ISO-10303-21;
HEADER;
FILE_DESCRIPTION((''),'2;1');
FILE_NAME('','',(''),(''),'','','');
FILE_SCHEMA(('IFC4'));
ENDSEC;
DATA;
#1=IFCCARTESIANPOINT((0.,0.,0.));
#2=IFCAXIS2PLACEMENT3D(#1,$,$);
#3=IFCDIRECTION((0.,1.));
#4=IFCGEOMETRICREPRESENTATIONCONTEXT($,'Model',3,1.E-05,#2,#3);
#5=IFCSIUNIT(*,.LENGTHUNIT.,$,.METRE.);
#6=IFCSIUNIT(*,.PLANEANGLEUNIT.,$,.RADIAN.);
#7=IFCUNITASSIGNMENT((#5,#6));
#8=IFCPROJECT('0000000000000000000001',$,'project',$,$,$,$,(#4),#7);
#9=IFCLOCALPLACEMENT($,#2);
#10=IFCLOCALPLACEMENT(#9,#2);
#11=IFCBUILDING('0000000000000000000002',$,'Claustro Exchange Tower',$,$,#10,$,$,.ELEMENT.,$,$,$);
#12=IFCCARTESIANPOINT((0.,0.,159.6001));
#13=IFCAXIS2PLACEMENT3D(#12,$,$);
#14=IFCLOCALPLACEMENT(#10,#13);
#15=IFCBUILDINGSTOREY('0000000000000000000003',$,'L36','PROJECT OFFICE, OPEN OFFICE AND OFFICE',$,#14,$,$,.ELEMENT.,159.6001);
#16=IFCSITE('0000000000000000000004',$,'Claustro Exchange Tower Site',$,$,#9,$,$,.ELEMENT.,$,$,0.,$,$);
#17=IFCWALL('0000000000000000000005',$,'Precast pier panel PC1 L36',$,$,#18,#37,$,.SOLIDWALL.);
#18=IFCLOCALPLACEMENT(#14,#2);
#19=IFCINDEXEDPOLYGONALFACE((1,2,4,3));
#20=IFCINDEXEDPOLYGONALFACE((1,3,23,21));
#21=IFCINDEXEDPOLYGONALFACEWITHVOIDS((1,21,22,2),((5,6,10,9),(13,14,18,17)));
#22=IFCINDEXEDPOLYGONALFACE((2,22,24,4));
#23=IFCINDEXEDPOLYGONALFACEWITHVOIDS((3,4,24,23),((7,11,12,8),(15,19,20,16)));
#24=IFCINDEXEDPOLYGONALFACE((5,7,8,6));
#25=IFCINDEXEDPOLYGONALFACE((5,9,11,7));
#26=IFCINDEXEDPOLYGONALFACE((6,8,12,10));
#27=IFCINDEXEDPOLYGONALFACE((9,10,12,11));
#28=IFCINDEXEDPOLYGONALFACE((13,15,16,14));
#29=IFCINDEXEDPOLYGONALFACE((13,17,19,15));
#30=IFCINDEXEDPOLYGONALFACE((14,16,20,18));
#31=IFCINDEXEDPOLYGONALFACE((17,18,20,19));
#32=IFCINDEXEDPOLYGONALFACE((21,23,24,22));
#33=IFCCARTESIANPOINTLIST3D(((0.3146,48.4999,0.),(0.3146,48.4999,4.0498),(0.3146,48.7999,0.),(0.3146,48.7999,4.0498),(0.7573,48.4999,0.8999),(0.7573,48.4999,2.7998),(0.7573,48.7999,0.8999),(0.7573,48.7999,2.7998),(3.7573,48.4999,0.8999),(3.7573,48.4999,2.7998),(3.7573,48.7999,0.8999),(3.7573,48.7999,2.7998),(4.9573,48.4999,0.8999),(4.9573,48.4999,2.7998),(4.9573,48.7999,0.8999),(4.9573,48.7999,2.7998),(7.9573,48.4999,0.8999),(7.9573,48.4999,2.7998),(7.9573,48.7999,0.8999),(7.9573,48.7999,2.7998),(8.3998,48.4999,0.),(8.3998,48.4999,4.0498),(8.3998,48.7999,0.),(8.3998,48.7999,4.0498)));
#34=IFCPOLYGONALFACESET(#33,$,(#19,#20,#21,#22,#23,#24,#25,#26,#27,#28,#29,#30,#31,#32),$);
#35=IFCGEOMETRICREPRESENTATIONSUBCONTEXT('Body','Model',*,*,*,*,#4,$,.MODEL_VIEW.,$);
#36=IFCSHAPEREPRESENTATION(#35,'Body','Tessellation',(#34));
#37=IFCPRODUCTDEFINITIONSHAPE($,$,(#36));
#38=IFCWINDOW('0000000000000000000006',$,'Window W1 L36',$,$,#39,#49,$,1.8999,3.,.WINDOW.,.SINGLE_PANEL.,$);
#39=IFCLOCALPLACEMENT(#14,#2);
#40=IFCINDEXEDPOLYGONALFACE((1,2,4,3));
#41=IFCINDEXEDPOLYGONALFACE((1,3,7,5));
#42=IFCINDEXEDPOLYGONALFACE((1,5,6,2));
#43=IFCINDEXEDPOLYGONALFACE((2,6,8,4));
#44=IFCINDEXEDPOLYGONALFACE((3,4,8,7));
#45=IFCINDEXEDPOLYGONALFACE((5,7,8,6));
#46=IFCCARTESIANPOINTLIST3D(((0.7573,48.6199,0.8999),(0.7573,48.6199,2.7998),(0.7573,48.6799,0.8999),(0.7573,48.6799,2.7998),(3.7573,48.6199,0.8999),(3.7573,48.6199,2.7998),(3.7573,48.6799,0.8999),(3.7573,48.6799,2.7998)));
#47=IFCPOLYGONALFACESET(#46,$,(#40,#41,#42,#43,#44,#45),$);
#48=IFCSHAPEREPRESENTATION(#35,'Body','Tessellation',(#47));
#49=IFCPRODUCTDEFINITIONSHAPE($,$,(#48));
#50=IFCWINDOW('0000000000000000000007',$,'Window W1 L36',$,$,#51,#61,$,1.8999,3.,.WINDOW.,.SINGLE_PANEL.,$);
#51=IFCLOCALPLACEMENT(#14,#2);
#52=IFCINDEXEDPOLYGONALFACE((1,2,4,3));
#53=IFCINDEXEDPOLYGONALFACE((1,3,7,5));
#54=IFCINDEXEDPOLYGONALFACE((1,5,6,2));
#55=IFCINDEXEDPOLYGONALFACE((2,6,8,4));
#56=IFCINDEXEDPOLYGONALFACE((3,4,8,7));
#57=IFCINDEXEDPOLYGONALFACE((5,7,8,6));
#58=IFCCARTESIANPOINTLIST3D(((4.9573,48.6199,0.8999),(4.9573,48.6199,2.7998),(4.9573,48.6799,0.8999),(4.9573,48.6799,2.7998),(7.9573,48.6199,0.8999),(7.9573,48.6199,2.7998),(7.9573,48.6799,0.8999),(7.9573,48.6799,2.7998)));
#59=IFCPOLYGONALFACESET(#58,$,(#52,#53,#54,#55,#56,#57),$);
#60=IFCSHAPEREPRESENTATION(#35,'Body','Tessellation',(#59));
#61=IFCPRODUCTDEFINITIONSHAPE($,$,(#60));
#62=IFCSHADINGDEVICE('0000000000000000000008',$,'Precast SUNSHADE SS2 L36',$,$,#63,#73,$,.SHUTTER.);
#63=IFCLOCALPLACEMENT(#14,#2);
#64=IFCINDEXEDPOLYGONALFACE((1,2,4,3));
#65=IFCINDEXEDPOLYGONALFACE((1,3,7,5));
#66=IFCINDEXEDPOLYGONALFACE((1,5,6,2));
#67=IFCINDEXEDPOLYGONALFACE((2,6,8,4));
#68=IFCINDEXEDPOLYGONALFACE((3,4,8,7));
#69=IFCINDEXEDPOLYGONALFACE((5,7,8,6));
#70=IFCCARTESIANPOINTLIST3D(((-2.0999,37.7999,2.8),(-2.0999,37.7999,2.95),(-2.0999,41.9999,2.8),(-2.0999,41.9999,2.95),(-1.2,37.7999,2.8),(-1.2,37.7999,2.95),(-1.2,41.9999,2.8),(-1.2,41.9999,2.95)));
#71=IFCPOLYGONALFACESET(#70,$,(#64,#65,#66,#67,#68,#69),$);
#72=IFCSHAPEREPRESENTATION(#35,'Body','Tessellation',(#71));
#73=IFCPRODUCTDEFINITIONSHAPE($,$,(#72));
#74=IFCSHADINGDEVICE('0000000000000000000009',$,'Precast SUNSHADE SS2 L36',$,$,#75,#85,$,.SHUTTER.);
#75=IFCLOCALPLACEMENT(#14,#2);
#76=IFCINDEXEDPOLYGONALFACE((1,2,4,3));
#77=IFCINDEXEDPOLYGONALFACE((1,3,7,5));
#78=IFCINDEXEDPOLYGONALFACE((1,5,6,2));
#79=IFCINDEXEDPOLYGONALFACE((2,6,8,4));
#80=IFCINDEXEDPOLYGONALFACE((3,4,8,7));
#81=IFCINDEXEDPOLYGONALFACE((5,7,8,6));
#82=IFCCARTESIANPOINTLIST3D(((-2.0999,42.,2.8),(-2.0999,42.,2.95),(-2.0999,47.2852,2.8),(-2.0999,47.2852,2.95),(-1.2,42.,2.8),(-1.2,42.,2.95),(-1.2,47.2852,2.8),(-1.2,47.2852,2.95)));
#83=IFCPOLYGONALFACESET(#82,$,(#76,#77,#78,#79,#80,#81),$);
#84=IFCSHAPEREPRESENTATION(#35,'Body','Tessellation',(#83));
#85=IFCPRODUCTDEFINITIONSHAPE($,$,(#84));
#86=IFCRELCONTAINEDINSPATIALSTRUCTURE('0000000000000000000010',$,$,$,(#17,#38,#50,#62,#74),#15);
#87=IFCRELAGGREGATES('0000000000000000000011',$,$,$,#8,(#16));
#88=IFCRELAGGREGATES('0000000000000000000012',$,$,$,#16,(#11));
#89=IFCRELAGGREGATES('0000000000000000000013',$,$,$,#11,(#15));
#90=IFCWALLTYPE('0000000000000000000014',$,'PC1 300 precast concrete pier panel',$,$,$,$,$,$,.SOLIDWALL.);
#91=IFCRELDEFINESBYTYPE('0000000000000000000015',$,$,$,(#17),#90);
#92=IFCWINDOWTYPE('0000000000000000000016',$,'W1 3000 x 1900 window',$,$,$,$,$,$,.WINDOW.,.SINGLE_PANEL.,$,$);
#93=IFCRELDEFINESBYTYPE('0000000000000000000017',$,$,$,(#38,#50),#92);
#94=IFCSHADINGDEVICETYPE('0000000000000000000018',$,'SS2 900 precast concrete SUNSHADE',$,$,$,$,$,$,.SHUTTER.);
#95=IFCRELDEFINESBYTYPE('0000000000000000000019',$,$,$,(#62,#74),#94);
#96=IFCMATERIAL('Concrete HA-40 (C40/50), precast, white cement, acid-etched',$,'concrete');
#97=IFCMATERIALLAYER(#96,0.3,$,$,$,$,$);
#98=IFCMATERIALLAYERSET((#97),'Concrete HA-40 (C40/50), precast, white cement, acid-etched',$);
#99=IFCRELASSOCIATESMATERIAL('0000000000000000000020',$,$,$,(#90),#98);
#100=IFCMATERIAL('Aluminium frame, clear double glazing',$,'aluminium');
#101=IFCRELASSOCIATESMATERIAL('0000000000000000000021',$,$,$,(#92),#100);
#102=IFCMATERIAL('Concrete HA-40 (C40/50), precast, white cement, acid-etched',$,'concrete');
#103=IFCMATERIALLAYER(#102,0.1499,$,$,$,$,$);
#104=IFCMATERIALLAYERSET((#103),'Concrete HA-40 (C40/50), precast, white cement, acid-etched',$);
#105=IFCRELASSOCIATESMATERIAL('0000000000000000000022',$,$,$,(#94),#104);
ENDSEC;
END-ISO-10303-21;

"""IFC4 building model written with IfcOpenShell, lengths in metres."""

from ifc_helpers import new_model, si_unit, direction, frame, frame_2d, origin, origin_2d, place, context, subcontext, project, spatial, rectangle, extrude, material, layer, layer_set, type_object, element, fill, save


model = new_model("IFC4")

# Units and contexts
model_context = context("Model", 3, precision=1e-05, world=origin(), true_north=direction((0.0, 1.0)))
body_context = subcontext(model_context, "Body", "Model", "MODEL_VIEW")
ifc_project = project(units=[si_unit("LENGTHUNIT", "METRE"), si_unit("PLANEANGLEUNIT", "RADIAN")], contexts=[model_context])

# Site, building, storey
site_placement = place(None, origin())
site = spatial("IfcSite", under=ifc_project, at=site_placement, Name="Claustro Exchange Tower Site", CompositionType="ELEMENT", RefElevation=0.0)
building_placement = place(site_placement, origin())
building = spatial("IfcBuilding", under=site, at=building_placement, Name="Claustro Exchange Tower", CompositionType="ELEMENT")
storey_placement = place(building_placement, frame((0.0, 0.0, 159.6001)))
storey = spatial("IfcBuildingStorey", under=building, at=storey_placement, Name="L36", Description="PROJECT OFFICE, OPEN OFFICE AND OFFICE", CompositionType="ELEMENT", Elevation=159.6001)

# Shared definitions
ifc_material_1 = material(Name="Concrete HA-40 (C40/50), precast, white cement, acid-etched", Category="concrete")
ifc_layer_1 = layer(ifc_material_1, 0.3)
ifc_layer_set_1 = layer_set([ifc_layer_1], Name="Concrete HA-40 (C40/50), precast, white cement, acid-etched")
wall_type_1 = type_object("IfcWallType", Name="PC1 300 precast concrete pier panel", PredefinedType="SOLIDWALL", material=ifc_layer_set_1)

# Wall, openings, windows
wall_1_placement = place(storey_placement, frame((0.3147, 48.6499, 0.0), z_axis=(0.0, 0.0, 1.0), x_axis=(1.0, 0.0, 0.0)))
wall_1 = element("IfcWall", 1, at=wall_1_placement, inside=storey, type_object=wall_type_1, Name="Precast pier panel PC1 L36", PredefinedType="SOLIDWALL", context=body_context, shape_type="SweptSolid", body=[
    extrude(rectangle(XDim=8.0852, YDim=0.3, at=frame_2d((4.0425, 0.0))), origin(), (0.0, 0.0, 1.0), 4.0498),
])
opening_1_placement = place(wall_1_placement, frame((0.4426, 0.0, 0.8999)))
opening_1 = element("IfcOpeningElement", 2, at=opening_1_placement, cuts=wall_1, PredefinedType="OPENING", context=body_context, shape_type="SweptSolid", body=[
    extrude(rectangle(XDim=3.0, YDim=1.8999, at=frame_2d((1.5, 0.95))), frame((0.0, 0.1599, 0.0), z_axis=(0.0, -1.0, 0.0), x_axis=(1.0, 0.0, 0.0)), (0.0, 0.0, 1.0), 0.3201),
])
opening_2_placement = place(wall_1_placement, frame((4.6426, 0.0, 0.8999)))
opening_2 = element("IfcOpeningElement", 3, at=opening_2_placement, cuts=wall_1, PredefinedType="OPENING", context=body_context, shape_type="SweptSolid", body=[
    extrude(rectangle(XDim=3.0, YDim=1.8999, at=frame_2d((1.5, 0.95))), frame((0.0, 0.1599, 0.0), z_axis=(0.0, -1.0, 0.0), x_axis=(1.0, 0.0, 0.0)), (0.0, 0.0, 1.0), 0.3201),
])
ifc_material_2 = material(Name="Aluminium frame, clear double glazing", Category="aluminium")
window_type_1 = type_object("IfcWindowType", Name="W1 3000 x 1900 window", PartitioningType="SINGLE_PANEL", PredefinedType="WINDOW", material=ifc_material_2)
window_1_placement = place(opening_1_placement, origin())
window_1 = element("IfcWindow", 4, at=window_1_placement, inside=storey, type_object=window_type_1, Name="Window W1 L36", OverallHeight=1.8999, OverallWidth=3.0, PartitioningType="SINGLE_PANEL", PredefinedType="WINDOW", context=body_context, shape_type="SweptSolid", body=[
    extrude(rectangle(XDim=3.0, YDim=1.8999, at=frame_2d((1.5, 0.95))), frame((0.0, 0.03, 0.0), z_axis=(0.0, -1.0, 0.0), x_axis=(1.0, 0.0, 0.0)), (0.0, 0.0, 1.0), 0.0601),
])
fill(opening_1, window_1)
window_2_placement = place(opening_2_placement, origin())
window_2 = element("IfcWindow", 5, at=window_2_placement, inside=storey, type_object=window_type_1, Name="Window W1 L36", OverallHeight=1.8999, OverallWidth=3.0, PartitioningType="SINGLE_PANEL", PredefinedType="WINDOW", context=body_context, shape_type="SweptSolid", body=[
    extrude(rectangle(XDim=3.0, YDim=1.8999, at=frame_2d((1.5, 0.95))), frame((0.0, 0.03, 0.0), z_axis=(0.0, -1.0, 0.0), x_axis=(1.0, 0.0, 0.0)), (0.0, 0.0, 1.0), 0.0601),
])
fill(opening_2, window_2)

# Shading devices
ifc_material_3 = material(Name="Concrete HA-40 (C40/50), precast, white cement, acid-etched", Category="concrete")
ifc_layer_2 = layer(ifc_material_3, 0.1499)
ifc_layer_set_2 = layer_set([ifc_layer_2], Name="Concrete HA-40 (C40/50), precast, white cement, acid-etched")
shading_device_type = type_object("IfcShadingDeviceType", Name="SS2 900 precast concrete SUNSHADE", PredefinedType="SHUTTER", material=ifc_layer_set_2)
shading_device_1_placement = place(storey_placement, frame((-1.6499, 39.8999, 2.8), z_axis=(0.0, 0.0, 1.0), x_axis=(0.0, 1.0, 0.0)))
element("IfcShadingDevice", 6, at=shading_device_1_placement, inside=storey, type_object=shading_device_type, Name="Precast SUNSHADE SS2 L36", PredefinedType="SHUTTER", context=body_context, shape_type="SweptSolid", body=[
    extrude(rectangle(XDim=4.2, YDim=0.8999, at=origin_2d()), origin(), (0.0, 0.0, 1.0), 0.1499),
])
shading_device_2_placement = place(storey_placement, frame((-1.6499, 44.6426, 2.8), z_axis=(0.0, 0.0, 1.0), x_axis=(0.0, 1.0, 0.0)))
element("IfcShadingDevice", 7, at=shading_device_2_placement, inside=storey, type_object=shading_device_type, Name="Precast SUNSHADE SS2 L36", PredefinedType="SHUTTER", context=body_context, shape_type="SweptSolid", body=[
    extrude(rectangle(XDim=5.2852, YDim=0.8999, at=origin_2d()), origin(), (0.0, 0.0, 1.0), 0.1499),
])

save(model, "model.ifc")
